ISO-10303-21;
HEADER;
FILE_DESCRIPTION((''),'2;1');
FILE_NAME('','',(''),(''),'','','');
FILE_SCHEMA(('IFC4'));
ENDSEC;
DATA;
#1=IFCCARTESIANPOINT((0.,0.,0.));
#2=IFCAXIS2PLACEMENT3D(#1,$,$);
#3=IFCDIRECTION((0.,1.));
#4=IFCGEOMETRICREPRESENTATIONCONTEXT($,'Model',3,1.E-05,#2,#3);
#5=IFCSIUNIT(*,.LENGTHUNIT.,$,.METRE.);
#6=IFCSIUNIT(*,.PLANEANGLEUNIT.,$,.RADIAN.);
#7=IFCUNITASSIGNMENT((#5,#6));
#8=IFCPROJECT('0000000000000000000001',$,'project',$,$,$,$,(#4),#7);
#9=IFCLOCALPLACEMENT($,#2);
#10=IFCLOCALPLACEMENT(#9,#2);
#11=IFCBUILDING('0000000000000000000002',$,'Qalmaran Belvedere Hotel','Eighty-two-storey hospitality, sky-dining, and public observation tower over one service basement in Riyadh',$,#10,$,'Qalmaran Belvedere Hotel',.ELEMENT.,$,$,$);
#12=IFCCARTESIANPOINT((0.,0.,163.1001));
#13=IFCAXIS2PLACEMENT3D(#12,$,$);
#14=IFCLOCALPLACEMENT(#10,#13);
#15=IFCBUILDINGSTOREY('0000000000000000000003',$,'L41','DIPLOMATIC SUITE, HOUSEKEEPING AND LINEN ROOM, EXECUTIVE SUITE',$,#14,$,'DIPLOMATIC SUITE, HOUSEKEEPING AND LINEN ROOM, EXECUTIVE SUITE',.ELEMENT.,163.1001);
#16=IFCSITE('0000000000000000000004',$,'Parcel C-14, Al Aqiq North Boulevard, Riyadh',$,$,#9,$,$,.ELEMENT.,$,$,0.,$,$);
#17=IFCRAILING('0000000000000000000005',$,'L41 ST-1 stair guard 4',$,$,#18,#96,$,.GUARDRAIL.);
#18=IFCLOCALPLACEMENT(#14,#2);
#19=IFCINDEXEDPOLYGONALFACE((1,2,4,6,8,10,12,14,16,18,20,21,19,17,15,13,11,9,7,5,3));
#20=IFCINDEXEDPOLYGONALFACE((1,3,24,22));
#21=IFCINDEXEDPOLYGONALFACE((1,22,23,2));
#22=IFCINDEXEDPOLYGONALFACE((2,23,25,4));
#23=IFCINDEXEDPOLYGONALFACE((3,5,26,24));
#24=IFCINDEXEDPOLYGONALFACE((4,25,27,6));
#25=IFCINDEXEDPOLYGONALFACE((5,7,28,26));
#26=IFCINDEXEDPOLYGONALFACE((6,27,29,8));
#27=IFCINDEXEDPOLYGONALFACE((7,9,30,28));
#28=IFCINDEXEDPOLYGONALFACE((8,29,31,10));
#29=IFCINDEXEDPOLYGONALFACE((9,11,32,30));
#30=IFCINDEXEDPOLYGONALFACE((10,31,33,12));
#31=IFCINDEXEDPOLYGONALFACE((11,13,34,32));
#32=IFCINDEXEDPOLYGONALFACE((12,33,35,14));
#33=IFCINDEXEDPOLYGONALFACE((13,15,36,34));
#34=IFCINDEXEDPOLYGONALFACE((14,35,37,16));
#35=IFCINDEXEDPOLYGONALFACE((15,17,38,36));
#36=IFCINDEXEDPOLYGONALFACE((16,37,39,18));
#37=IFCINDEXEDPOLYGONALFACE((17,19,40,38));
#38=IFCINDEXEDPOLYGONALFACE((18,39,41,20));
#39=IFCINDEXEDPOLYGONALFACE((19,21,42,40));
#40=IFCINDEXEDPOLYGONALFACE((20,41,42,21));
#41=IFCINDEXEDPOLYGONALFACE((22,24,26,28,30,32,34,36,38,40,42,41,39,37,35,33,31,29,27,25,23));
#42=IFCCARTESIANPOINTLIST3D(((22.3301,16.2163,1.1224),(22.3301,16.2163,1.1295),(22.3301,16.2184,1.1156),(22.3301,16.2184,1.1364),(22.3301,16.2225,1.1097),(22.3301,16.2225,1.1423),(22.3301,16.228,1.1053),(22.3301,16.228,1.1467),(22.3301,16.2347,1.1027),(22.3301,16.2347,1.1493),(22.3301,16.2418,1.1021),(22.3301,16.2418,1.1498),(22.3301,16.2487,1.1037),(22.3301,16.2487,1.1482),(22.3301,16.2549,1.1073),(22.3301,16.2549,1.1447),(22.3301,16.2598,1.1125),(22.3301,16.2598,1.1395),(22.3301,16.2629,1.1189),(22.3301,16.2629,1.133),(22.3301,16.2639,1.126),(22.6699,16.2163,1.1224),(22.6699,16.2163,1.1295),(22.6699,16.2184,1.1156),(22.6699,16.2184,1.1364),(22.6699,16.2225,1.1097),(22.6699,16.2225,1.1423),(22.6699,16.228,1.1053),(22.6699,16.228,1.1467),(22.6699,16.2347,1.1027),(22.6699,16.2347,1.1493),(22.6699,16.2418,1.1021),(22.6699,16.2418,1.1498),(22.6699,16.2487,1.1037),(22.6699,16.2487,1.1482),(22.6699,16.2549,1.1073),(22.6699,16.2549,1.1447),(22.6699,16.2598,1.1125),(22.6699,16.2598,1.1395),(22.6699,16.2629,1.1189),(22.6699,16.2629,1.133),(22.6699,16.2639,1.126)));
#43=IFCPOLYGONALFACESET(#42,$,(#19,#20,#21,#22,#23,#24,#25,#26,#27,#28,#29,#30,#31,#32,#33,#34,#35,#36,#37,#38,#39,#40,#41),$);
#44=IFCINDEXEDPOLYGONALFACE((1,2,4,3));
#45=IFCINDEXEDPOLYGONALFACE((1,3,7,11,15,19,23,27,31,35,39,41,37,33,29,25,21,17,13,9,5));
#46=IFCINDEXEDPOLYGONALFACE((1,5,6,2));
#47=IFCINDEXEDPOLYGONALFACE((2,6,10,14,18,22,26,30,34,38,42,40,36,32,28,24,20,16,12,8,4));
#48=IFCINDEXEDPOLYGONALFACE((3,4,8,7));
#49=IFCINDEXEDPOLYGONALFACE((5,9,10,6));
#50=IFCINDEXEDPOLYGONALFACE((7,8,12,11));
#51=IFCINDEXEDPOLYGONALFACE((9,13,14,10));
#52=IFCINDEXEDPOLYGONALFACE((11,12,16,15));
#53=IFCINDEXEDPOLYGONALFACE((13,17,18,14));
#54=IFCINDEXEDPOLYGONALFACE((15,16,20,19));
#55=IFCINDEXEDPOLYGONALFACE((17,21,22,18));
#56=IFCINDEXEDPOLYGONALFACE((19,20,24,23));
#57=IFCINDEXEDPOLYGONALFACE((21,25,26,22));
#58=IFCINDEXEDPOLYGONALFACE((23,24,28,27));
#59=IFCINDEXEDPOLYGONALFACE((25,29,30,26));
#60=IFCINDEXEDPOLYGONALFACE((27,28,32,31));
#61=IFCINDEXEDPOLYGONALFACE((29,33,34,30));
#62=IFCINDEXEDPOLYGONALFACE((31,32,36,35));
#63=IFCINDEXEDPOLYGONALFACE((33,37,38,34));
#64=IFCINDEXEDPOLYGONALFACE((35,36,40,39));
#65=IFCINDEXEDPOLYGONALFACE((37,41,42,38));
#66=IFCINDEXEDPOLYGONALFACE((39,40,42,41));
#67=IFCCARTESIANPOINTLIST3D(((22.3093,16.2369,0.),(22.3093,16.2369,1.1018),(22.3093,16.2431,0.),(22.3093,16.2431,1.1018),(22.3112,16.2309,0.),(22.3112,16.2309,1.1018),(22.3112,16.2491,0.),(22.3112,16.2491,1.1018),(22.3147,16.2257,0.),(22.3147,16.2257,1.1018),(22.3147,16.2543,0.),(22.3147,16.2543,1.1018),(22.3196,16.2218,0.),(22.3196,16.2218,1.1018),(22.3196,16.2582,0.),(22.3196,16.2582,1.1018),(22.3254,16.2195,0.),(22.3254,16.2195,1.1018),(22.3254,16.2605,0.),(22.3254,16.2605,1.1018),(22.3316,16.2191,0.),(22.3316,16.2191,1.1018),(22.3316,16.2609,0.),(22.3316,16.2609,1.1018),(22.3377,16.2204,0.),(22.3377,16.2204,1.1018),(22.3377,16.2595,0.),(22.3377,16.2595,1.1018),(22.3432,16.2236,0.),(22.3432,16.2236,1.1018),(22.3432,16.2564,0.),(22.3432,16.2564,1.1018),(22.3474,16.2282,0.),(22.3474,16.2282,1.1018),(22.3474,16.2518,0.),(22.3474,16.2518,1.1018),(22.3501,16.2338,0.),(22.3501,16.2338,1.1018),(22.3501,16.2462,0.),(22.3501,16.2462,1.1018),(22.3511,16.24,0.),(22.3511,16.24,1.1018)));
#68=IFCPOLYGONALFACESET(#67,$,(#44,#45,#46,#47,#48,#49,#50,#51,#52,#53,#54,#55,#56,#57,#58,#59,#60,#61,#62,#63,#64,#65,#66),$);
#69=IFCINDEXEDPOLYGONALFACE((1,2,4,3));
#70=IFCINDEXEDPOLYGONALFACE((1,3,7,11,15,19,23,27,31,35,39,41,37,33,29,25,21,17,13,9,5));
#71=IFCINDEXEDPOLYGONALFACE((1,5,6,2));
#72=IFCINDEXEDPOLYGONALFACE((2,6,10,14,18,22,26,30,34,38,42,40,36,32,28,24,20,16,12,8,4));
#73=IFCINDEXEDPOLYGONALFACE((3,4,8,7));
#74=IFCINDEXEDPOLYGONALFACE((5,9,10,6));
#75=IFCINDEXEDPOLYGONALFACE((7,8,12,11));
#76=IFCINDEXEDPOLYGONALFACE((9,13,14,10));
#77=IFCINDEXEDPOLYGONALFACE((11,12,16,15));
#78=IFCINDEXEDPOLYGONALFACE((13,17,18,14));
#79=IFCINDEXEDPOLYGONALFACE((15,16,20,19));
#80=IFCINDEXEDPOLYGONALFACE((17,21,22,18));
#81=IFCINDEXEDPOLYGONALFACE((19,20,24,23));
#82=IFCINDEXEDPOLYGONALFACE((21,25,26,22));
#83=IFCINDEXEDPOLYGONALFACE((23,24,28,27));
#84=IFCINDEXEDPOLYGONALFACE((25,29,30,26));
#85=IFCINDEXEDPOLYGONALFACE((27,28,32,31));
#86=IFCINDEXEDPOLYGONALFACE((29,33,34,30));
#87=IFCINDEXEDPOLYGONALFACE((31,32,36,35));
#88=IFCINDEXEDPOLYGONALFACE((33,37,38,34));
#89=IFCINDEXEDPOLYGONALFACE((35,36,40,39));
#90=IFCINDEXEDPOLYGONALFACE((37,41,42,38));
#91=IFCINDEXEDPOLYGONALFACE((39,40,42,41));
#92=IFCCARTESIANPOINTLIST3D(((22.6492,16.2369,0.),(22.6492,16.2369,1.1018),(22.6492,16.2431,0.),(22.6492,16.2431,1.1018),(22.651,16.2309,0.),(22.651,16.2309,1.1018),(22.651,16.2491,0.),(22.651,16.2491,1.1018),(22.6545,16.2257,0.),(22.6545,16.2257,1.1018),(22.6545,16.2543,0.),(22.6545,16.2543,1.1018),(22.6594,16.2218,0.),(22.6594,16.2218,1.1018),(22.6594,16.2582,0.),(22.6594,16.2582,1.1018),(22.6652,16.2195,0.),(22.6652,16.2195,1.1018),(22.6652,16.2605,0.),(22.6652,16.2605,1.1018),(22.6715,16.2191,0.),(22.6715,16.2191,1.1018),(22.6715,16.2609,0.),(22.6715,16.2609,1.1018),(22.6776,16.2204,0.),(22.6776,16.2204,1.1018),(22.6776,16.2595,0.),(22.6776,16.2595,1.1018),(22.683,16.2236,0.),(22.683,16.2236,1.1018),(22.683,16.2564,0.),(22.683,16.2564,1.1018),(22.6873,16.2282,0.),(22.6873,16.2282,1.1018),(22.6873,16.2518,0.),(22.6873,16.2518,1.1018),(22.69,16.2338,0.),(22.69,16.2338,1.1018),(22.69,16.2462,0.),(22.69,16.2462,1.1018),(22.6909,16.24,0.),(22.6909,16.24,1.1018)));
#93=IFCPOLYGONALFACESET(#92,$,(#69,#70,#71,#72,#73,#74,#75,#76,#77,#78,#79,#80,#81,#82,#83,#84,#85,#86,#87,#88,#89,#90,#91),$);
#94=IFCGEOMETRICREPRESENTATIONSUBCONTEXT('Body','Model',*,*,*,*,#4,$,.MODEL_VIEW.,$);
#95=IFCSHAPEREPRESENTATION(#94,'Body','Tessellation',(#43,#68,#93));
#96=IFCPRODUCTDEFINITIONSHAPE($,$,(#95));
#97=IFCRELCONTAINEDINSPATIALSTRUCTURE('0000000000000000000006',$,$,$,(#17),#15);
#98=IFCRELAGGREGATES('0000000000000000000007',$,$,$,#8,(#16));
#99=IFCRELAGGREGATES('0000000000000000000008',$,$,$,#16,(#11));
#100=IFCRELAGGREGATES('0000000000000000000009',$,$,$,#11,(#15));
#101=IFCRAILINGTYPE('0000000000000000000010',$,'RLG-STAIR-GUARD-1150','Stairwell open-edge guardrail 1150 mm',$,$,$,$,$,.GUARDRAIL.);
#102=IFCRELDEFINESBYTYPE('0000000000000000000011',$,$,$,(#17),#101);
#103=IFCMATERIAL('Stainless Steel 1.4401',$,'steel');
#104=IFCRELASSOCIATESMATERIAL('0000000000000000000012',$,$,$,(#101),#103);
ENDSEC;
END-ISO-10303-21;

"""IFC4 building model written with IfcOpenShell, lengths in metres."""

from ifc_helpers import new_model, si_unit, direction, frame, origin, origin_2d, place, context, subcontext, project, spatial, circle, extrude, material, type_object, element, save


model = new_model("IFC4")

# Units and contexts
model_context = context("Model", 3, precision=1e-05, world=origin(), true_north=direction((0.0, 1.0)))
body_context = subcontext(model_context, "Body", "Model", "MODEL_VIEW")
ifc_project = project(units=[si_unit("LENGTHUNIT", "METRE"), si_unit("PLANEANGLEUNIT", "RADIAN")], contexts=[model_context])

# Site, building, storey
site_placement = place(None, origin())
site = spatial("IfcSite", under=ifc_project, at=site_placement, Name="Parcel C-14, Al Aqiq North Boulevard, Riyadh", CompositionType="ELEMENT", RefElevation=0.0)
building_placement = place(site_placement, origin())
building = spatial("IfcBuilding", under=site, at=building_placement, Name="Qalmaran Belvedere Hotel", Description="Eighty-two-storey hospitality, sky-dining, and public observation tower over one service basement in Riyadh", LongName="Qalmaran Belvedere Hotel", CompositionType="ELEMENT")
storey_placement = place(building_placement, frame((0.0, 0.0, 163.1001)))
storey = spatial("IfcBuildingStorey", under=building, at=storey_placement, Name="L41", Description="DIPLOMATIC SUITE, HOUSEKEEPING AND LINEN ROOM, EXECUTIVE SUITE", LongName="DIPLOMATIC SUITE, HOUSEKEEPING AND LINEN ROOM, EXECUTIVE SUITE", CompositionType="ELEMENT", Elevation=163.1001)

# Railing
ifc_material_1 = material(Name="Stainless Steel 1.4401", Category="steel")
railing_type_1 = type_object("IfcRailingType", Name="RLG-STAIR-GUARD-1150", Description="Stairwell open-edge guardrail 1150 mm", PredefinedType="GUARDRAIL", material=ifc_material_1)
railing_1_placement = place(storey_placement, frame((22.3301, 16.24, 0.0)))
element("IfcRailing", 1, at=railing_1_placement, inside=storey, type_object=railing_type_1, Name="L41 ST-1 stair guard 4", PredefinedType="GUARDRAIL", context=body_context, shape_type="SweptSolid", body=[
    extrude(circle(Radius=0.0239, at=origin_2d()), frame((0.0, 0.0, 1.126), z_axis=(1.0, 0.0, 0.0), x_axis=(0.0, 1.0, 0.0)), (0.0, 0.0, 1.0), 0.3398),
    extrude(circle(Radius=0.021, at=origin_2d()), origin(), (0.0, 0.0, 1.0), 1.1018),
    extrude(circle(Radius=0.021, at=origin_2d()), frame((0.3398, 0.0, 0.0)), (0.0, 0.0, 1.0), 1.1018),
])

save(model, "model.ifc")
